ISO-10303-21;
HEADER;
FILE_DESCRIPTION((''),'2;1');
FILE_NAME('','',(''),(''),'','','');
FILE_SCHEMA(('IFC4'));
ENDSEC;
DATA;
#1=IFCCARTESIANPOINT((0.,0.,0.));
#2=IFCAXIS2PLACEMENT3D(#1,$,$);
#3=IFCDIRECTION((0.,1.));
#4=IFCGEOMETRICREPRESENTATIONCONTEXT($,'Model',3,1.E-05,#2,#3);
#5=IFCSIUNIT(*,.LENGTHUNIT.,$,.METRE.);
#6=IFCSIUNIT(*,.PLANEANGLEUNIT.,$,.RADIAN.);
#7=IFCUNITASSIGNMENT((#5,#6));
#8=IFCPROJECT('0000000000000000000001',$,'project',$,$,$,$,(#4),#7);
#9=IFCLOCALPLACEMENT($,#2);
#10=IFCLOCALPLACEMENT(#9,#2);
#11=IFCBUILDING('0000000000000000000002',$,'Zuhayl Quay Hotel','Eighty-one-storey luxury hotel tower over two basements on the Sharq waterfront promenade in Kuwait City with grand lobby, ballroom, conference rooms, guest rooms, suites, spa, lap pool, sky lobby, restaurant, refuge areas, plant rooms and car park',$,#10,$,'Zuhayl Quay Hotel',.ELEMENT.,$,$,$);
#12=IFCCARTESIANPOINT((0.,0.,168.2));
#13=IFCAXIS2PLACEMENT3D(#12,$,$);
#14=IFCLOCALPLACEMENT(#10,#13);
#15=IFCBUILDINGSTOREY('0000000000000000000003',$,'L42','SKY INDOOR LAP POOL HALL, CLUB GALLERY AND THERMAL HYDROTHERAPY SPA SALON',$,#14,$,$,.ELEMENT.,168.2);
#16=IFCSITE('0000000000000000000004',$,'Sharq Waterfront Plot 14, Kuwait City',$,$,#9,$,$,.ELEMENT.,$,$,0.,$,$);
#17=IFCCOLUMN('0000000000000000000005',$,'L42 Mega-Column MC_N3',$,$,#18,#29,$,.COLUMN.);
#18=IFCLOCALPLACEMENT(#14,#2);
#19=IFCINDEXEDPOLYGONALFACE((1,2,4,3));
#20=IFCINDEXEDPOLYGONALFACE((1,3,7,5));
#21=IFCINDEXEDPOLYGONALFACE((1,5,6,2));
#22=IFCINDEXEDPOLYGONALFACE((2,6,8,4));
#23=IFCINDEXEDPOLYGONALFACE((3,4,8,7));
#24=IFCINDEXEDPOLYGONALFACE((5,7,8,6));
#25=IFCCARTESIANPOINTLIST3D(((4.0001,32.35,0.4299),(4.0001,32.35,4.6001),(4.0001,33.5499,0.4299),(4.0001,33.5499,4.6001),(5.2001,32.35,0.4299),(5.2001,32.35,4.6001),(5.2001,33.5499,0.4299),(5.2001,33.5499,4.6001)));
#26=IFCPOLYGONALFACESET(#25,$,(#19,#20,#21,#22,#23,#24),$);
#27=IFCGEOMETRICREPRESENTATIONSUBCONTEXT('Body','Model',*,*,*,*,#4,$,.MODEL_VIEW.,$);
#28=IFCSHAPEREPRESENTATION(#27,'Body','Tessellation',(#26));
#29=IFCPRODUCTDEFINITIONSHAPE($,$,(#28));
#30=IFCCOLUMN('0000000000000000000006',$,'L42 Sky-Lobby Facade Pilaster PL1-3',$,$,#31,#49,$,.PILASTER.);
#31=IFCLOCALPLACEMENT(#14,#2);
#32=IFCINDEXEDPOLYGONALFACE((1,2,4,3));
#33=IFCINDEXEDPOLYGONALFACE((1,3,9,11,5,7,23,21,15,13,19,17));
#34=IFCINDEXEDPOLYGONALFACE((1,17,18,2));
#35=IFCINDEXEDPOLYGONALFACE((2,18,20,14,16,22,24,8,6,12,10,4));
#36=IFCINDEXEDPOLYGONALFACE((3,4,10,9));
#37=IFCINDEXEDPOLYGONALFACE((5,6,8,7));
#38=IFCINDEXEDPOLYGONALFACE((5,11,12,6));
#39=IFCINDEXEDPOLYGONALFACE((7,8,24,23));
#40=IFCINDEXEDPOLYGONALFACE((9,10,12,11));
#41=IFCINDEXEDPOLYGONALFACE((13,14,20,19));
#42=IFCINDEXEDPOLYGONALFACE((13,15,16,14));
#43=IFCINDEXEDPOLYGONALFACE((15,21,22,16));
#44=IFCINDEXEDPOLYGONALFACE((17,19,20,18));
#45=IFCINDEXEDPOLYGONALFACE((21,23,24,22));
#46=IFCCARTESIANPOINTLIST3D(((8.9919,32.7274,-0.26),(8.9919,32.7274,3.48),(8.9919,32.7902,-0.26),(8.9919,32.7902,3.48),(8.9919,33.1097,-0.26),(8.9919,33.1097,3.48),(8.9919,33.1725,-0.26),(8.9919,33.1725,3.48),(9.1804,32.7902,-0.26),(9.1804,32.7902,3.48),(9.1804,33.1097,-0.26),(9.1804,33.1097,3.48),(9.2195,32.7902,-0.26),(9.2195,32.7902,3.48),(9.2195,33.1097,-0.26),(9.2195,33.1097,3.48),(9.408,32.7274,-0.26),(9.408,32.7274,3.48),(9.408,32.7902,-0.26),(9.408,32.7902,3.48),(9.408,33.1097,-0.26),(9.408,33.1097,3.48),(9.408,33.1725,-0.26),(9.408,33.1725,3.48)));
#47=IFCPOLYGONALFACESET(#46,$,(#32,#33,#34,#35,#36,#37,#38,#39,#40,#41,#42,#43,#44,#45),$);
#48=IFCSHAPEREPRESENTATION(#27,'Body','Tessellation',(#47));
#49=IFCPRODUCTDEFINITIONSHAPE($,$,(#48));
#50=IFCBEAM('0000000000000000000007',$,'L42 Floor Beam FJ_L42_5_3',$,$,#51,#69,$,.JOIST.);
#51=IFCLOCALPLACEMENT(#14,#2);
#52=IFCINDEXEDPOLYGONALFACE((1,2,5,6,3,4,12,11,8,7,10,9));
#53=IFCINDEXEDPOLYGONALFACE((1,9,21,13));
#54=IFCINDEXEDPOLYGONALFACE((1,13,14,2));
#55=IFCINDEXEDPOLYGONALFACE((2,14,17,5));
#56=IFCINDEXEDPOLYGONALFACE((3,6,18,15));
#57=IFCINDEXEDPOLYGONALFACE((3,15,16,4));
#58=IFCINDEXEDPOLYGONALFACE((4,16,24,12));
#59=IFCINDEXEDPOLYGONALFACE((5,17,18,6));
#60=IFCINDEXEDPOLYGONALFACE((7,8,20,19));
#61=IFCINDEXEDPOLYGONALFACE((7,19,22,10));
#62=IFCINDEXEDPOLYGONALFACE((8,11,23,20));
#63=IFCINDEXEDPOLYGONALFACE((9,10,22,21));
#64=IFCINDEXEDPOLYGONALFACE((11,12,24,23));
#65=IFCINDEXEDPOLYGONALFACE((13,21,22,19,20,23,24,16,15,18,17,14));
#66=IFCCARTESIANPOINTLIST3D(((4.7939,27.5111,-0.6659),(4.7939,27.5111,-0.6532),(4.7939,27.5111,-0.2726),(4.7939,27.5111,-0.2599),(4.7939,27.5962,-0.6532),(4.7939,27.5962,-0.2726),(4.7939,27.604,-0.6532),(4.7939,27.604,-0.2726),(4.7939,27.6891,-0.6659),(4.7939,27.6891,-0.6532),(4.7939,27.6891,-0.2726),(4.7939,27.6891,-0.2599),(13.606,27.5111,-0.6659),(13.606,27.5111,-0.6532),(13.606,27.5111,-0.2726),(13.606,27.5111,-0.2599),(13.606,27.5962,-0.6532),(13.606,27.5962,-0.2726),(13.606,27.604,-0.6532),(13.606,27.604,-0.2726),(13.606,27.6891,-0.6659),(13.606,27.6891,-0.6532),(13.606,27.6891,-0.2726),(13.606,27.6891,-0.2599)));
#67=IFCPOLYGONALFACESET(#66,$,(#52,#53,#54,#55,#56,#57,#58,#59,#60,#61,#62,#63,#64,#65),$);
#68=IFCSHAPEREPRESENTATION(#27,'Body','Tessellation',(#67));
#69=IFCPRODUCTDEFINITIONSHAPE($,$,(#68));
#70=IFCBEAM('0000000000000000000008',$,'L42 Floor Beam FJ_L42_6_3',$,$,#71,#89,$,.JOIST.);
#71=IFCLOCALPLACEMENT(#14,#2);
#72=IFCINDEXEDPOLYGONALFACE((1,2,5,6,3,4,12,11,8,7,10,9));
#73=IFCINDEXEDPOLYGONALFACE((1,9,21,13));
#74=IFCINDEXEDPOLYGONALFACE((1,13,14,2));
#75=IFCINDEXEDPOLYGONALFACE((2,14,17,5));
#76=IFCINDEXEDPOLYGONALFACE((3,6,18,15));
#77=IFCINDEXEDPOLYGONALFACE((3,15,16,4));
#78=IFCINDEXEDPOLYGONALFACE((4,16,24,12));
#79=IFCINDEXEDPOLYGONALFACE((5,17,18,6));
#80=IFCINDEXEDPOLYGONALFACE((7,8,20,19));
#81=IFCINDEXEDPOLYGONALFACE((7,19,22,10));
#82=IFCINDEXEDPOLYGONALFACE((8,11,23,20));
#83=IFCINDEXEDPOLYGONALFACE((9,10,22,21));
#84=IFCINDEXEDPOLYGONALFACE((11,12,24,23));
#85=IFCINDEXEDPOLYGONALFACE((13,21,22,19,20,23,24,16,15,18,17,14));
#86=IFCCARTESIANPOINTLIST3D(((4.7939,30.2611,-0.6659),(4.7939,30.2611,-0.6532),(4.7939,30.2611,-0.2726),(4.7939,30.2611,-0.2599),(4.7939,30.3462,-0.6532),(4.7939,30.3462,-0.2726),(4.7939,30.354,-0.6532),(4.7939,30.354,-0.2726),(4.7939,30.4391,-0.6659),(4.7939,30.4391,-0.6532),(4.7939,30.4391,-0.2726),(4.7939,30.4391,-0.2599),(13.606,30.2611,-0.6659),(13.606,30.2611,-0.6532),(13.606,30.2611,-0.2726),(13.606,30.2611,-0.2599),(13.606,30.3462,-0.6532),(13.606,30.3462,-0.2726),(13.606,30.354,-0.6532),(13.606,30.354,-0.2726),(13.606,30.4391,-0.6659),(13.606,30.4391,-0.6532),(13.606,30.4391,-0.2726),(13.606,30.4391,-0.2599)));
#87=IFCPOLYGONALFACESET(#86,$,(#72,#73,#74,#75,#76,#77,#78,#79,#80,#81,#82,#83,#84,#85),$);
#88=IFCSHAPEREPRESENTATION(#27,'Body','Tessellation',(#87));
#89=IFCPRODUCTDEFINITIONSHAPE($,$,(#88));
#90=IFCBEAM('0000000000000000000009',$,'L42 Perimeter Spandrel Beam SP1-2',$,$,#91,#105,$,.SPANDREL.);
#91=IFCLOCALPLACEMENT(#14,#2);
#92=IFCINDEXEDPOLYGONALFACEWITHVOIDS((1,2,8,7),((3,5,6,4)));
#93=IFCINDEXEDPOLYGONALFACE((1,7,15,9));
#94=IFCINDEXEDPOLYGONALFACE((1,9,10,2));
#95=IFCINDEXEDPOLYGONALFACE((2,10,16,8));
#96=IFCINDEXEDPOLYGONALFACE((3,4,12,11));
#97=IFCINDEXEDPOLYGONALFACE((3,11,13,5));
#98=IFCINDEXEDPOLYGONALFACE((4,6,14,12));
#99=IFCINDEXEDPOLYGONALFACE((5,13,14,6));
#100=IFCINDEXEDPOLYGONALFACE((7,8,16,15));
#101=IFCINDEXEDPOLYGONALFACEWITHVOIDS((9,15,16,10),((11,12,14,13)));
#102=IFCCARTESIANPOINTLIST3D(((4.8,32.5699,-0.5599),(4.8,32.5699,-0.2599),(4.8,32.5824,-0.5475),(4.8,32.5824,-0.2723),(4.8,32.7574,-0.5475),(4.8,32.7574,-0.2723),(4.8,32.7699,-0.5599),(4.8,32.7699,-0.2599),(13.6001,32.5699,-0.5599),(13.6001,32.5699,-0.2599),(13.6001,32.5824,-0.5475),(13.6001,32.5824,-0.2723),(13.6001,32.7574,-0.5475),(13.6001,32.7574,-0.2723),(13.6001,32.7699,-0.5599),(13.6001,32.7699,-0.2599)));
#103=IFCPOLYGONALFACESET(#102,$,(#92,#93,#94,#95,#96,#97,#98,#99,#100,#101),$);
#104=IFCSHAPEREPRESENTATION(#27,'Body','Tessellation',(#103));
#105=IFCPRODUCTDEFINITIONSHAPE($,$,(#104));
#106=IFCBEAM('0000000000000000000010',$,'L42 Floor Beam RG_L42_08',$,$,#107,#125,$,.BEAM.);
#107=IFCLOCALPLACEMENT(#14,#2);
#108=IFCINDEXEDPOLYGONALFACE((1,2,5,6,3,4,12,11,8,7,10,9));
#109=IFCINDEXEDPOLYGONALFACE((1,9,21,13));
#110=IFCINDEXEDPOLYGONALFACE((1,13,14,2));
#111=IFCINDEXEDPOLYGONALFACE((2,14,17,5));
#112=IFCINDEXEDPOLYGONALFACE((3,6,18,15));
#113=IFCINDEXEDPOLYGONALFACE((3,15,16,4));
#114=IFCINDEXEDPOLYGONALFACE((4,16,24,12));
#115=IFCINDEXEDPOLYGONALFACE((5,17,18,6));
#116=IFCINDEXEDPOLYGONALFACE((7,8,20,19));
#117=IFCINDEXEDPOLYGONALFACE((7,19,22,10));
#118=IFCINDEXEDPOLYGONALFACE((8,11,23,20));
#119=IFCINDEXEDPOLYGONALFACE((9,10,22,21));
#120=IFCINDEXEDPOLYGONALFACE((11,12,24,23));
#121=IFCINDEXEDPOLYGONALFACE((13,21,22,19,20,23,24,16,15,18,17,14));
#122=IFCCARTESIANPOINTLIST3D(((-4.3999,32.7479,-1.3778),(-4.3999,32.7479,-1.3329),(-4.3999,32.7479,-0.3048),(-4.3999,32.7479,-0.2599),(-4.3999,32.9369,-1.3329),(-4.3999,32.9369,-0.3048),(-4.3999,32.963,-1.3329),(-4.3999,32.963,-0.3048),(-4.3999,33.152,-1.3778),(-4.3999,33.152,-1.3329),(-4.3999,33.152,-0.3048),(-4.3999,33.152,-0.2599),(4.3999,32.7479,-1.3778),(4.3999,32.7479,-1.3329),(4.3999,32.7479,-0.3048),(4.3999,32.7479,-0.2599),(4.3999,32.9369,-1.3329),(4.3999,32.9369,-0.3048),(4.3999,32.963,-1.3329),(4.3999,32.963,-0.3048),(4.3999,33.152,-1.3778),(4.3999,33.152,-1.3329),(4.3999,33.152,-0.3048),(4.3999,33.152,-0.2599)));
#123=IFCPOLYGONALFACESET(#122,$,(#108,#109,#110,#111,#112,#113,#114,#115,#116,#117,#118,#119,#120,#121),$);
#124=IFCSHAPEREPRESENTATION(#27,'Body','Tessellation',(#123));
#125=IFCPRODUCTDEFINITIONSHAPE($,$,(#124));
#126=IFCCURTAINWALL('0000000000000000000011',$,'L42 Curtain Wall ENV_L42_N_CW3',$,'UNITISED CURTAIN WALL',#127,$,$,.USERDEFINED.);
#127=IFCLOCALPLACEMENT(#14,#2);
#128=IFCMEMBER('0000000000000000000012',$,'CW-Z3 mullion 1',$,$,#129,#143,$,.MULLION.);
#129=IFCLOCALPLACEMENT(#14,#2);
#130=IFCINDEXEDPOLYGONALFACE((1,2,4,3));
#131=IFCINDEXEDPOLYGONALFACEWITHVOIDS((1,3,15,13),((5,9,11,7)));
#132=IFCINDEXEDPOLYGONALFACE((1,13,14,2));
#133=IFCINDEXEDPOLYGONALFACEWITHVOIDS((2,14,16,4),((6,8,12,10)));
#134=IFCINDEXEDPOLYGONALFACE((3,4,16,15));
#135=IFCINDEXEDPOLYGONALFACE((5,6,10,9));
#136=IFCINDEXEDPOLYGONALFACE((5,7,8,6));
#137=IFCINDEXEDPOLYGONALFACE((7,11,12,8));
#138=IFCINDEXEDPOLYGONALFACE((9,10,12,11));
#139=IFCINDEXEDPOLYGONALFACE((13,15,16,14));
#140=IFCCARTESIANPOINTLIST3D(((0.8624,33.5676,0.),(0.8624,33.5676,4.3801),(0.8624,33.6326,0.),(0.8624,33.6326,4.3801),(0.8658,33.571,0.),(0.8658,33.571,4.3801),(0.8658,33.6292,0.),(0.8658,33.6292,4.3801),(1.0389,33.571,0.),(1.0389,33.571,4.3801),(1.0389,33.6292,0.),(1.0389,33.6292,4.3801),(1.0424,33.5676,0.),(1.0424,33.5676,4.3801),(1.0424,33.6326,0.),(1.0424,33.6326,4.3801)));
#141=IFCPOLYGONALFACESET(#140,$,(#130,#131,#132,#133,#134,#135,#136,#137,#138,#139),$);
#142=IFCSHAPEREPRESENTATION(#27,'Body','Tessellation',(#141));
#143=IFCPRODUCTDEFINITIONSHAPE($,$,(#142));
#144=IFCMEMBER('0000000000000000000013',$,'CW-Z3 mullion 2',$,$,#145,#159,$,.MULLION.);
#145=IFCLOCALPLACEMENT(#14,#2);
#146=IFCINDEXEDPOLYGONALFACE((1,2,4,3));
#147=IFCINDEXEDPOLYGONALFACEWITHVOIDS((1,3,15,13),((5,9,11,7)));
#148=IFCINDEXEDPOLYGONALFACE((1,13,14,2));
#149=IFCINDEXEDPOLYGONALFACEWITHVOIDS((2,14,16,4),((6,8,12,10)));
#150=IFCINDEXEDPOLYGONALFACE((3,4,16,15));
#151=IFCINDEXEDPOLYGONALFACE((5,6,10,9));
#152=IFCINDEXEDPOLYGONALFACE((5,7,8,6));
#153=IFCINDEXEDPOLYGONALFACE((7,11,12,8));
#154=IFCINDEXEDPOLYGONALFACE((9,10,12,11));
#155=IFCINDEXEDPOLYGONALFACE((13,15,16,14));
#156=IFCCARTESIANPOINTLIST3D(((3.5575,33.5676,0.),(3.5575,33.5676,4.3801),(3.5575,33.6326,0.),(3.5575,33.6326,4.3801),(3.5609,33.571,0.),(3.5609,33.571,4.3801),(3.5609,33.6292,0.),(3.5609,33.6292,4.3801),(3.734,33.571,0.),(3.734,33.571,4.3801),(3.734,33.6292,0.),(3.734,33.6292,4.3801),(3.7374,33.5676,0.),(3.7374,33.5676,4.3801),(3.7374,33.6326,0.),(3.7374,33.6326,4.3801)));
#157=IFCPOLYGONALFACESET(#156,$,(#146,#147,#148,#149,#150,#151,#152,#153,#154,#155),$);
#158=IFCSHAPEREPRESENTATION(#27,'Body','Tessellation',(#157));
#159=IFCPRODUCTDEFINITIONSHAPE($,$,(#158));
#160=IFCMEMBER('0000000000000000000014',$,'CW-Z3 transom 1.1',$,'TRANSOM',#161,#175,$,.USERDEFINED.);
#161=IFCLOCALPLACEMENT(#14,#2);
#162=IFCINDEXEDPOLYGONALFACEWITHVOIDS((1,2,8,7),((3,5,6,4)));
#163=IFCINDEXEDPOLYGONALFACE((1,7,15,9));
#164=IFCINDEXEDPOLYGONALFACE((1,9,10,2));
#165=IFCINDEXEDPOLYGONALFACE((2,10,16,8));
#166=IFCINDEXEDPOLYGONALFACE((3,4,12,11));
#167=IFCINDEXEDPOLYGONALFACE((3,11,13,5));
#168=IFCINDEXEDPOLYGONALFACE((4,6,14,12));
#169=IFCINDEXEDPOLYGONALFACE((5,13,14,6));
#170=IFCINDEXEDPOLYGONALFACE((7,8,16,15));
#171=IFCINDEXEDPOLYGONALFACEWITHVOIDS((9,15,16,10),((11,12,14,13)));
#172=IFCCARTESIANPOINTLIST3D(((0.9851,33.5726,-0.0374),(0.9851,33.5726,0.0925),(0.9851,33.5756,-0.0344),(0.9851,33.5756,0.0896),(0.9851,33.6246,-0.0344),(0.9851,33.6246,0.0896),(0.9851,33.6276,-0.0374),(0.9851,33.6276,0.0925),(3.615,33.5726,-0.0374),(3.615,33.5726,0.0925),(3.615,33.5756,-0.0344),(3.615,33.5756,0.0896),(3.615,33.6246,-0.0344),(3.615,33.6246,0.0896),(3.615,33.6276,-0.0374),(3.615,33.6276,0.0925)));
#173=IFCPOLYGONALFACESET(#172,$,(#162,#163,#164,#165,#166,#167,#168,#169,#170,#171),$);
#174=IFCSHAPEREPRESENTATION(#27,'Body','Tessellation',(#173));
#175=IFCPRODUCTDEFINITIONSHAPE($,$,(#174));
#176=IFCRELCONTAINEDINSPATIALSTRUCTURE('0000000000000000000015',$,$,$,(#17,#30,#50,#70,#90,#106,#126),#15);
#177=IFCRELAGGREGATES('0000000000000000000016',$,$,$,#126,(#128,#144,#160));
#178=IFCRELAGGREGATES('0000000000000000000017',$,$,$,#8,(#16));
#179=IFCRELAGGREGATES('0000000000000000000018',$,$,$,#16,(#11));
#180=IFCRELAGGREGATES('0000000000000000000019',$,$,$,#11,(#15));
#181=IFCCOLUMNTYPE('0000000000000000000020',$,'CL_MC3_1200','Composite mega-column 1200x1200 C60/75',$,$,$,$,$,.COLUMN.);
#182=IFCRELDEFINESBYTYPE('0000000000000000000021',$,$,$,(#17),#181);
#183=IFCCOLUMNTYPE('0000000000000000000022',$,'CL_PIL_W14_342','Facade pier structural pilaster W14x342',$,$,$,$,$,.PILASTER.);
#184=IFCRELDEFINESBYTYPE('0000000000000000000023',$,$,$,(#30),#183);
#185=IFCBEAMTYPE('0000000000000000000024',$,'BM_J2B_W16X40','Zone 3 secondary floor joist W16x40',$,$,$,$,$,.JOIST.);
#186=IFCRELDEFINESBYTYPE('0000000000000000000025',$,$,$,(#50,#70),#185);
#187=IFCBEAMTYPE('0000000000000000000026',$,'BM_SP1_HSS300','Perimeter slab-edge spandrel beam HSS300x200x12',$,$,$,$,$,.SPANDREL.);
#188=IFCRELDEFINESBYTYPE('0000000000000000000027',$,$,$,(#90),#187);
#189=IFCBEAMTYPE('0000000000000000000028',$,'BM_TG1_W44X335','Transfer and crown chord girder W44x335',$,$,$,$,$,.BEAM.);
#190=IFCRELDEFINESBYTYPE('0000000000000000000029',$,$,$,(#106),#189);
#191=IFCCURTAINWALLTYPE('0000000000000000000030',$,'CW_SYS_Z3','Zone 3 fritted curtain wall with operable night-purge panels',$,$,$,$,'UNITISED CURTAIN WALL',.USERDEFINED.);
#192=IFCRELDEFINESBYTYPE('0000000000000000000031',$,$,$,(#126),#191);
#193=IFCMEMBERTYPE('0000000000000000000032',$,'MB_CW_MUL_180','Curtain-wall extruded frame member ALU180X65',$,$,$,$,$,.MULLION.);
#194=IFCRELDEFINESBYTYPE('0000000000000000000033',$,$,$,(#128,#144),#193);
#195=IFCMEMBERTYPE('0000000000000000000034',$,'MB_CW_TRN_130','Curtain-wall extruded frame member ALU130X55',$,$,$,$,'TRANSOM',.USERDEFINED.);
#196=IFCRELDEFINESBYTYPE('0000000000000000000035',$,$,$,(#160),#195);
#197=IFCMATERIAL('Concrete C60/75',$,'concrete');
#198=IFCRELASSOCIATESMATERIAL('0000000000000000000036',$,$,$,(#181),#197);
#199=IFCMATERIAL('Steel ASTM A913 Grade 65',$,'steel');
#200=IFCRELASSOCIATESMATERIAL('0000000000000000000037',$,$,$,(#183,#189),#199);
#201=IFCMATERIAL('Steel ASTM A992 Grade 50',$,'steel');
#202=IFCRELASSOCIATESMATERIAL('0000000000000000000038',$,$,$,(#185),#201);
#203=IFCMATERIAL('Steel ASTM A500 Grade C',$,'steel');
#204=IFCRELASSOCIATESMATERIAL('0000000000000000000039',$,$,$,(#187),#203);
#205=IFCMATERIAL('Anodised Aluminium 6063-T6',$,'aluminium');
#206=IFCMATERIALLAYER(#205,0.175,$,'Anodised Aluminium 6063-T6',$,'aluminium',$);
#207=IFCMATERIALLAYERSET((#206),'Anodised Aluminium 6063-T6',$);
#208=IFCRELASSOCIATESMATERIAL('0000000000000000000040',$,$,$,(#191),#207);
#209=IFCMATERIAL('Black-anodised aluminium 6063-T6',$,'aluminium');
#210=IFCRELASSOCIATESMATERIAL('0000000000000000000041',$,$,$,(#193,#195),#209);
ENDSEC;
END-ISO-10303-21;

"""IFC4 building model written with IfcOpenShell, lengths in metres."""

from ifc_helpers import new_model, si_unit, direction, frame, origin, origin_2d, place, context, subcontext, project, spatial, rectangle, hollow_rectangle, i_section, extrude, material, layer, layer_set, material_profile, profile_set, type_object, element, aggregate, save


model = new_model("IFC4")

# Units and contexts
model_context = context("Model", 3, precision=1e-05, world=origin(), true_north=direction((0.0, 1.0)))
body_context = subcontext(model_context, "Body", "Model", "MODEL_VIEW")
ifc_project = project(units=[si_unit("LENGTHUNIT", "METRE"), si_unit("PLANEANGLEUNIT", "RADIAN")], contexts=[model_context])

# Site, building, storey
site_placement = place(None, origin())
site = spatial("IfcSite", under=ifc_project, at=site_placement, Name="Sharq Waterfront Plot 14, Kuwait City", CompositionType="ELEMENT", RefElevation=0.0)
building_placement = place(site_placement, origin())
building = spatial("IfcBuilding", under=site, at=building_placement, Name="Zuhayl Quay Hotel", Description="Eighty-one-storey luxury hotel tower over two basements on the Sharq waterfront promenade in Kuwait City with grand lobby, ballroom, conference rooms, guest rooms, suites, spa, lap pool, sky lobby, restaurant, refuge areas, plant rooms and car park", LongName="Zuhayl Quay Hotel", CompositionType="ELEMENT")
storey_placement = place(building_placement, frame((0.0, 0.0, 168.2)))
storey = spatial("IfcBuildingStorey", under=building, at=storey_placement, Name="L42", Description="SKY INDOOR LAP POOL HALL, CLUB GALLERY AND THERMAL HYDROTHERAPY SPA SALON", CompositionType="ELEMENT", Elevation=168.2)

# Columns
ifc_material_1 = material(Name="Concrete C60/75", Category="concrete")
ifc_material_profile_1 = material_profile(ifc_material_1, rectangle(XDim=1.2, YDim=1.2, at=origin_2d()), Name="RC1200X1200")
ifc_profile_set_1 = profile_set([ifc_material_profile_1], Name="Concrete C60/75")
column_type_1 = type_object("IfcColumnType", Name="CL_MC3_1200", Description="Composite mega-column 1200x1200 C60/75", PredefinedType="COLUMN", material=ifc_profile_set_1)
column_1_placement = place(storey_placement, frame((4.6001, 32.95, 0.4299), z_axis=(0.0, 0.0, 1.0), x_axis=(1.0, 0.0, 0.0)))
element("IfcColumn", 1, at=column_1_placement, inside=storey, type_object=column_type_1, Name="L42 Mega-Column MC_N3", PredefinedType="COLUMN", context=body_context, shape_type="SweptSolid", body=[
    extrude(rectangle(XDim=1.2, YDim=1.2, at=origin_2d()), origin(), (0.0, 0.0, 1.0), 4.1702),
])
ifc_material_2 = material(Name="Steel ASTM A913 Grade 65", Category="steel")
ifc_material_profile_2 = material_profile(ifc_material_2, i_section(OverallWidth=0.416, OverallDepth=0.4451, WebThickness=0.0391, FlangeThickness=0.0627, at=origin_2d()), Name="W14X342")
ifc_profile_set_2 = profile_set([ifc_material_profile_2], Name="Steel ASTM A913 Grade 65")
column_type_2 = type_object("IfcColumnType", Name="CL_PIL_W14_342", Description="Facade pier structural pilaster W14x342", PredefinedType="PILASTER", material=ifc_profile_set_2)
column_2_placement = place(storey_placement, frame((9.2, 32.95, -0.26), z_axis=(0.0, 0.0, 1.0), x_axis=(1.0, 0.0, 0.0)))
element("IfcColumn", 2, at=column_2_placement, inside=storey, type_object=column_type_2, Name="L42 Sky-Lobby Facade Pilaster PL1-3", PredefinedType="PILASTER", context=body_context, shape_type="SweptSolid", body=[
    extrude(i_section(OverallWidth=0.416, OverallDepth=0.4451, WebThickness=0.0391, FlangeThickness=0.0627, at=origin_2d()), origin(), (0.0, 0.0, 1.0), 3.74),
])

# Beams
ifc_material_3 = material(Name="Steel ASTM A992 Grade 50", Category="steel")
ifc_material_profile_3 = material_profile(ifc_material_3, i_section(OverallWidth=0.178, OverallDepth=0.406, WebThickness=0.0078, FlangeThickness=0.0127, at=origin_2d()), Name="W16X40")
ifc_profile_set_3 = profile_set([ifc_material_profile_3], Name="Steel ASTM A992 Grade 50")
beam_type_1 = type_object("IfcBeamType", Name="BM_J2B_W16X40", Description="Zone 3 secondary floor joist W16x40", PredefinedType="JOIST", material=ifc_profile_set_3)
for number, where, z_axis, x_axis, name in (
    (3, (4.7939, 27.6001, -0.4629), (1.0, 0.0, 0.0), (0.0, 1.0, 0.0), "L42 Floor Beam FJ_L42_5_3"),
    (4, (4.7939, 30.3501, -0.4629), (1.0, 0.0, 0.0), (0.0, 1.0, 0.0), "L42 Floor Beam FJ_L42_6_3"),
):
    element("IfcBeam", number, at=place(storey_placement, frame(where, z_axis=z_axis, x_axis=x_axis)), inside=storey, type_object=beam_type_1, Name=name, PredefinedType="JOIST", context=body_context, shape_type="SweptSolid", body=[
        extrude(i_section(OverallWidth=0.178, OverallDepth=0.406, WebThickness=0.0078, FlangeThickness=0.0127, at=origin_2d()), origin(), (0.0, 0.0, 1.0), 8.812),
    ])
ifc_material_4 = material(Name="Steel ASTM A500 Grade C", Category="steel")
ifc_material_profile_4 = material_profile(ifc_material_4, hollow_rectangle(XDim=0.2, YDim=0.3, WallThickness=0.0125, at=origin_2d()), Name="HSS300X200X12")
ifc_profile_set_4 = profile_set([ifc_material_profile_4], Name="Steel ASTM A500 Grade C")
beam_type_2 = type_object("IfcBeamType", Name="BM_SP1_HSS300", Description="Perimeter slab-edge spandrel beam HSS300x200x12", PredefinedType="SPANDREL", material=ifc_profile_set_4)
beam_1_placement = place(storey_placement, frame((4.8, 32.6699, -0.4099), z_axis=(1.0, 0.0, 0.0), x_axis=(0.0, 1.0, 0.0)))
element("IfcBeam", 5, at=beam_1_placement, inside=storey, type_object=beam_type_2, Name="L42 Perimeter Spandrel Beam SP1-2", PredefinedType="SPANDREL", context=body_context, shape_type="SweptSolid", body=[
    extrude(hollow_rectangle(XDim=0.2, YDim=0.3, WallThickness=0.0125, at=origin_2d()), origin(), (0.0, 0.0, 1.0), 8.8),
])
ifc_material_profile_5 = material_profile(ifc_material_2, i_section(OverallWidth=0.4041, OverallDepth=1.1179, WebThickness=0.0261, FlangeThickness=0.0449, at=origin_2d()), Name="W44X335")
ifc_profile_set_5 = profile_set([ifc_material_profile_5], Name="Steel ASTM A913 Grade 65")
beam_type_3 = type_object("IfcBeamType", Name="BM_TG1_W44X335", Description="Transfer and crown chord girder W44x335", PredefinedType="BEAM", material=ifc_profile_set_5)
beam_2_placement = place(storey_placement, frame((4.3999, 32.95, -0.8188), z_axis=(-1.0, 0.0, 0.0), x_axis=(0.0, -1.0, 0.0)))
element("IfcBeam", 6, at=beam_2_placement, inside=storey, type_object=beam_type_3, Name="L42 Floor Beam RG_L42_08", PredefinedType="BEAM", context=body_context, shape_type="SweptSolid", body=[
    extrude(i_section(OverallWidth=0.4041, OverallDepth=1.1179, WebThickness=0.0261, FlangeThickness=0.0449, at=origin_2d()), origin(), (0.0, 0.0, 1.0), 8.7998),
])

# Curtain wall, members
ifc_material_5 = material(Name="Anodised Aluminium 6063-T6", Category="aluminium")
ifc_layer_1 = layer(ifc_material_5, 0.175, Name="Anodised Aluminium 6063-T6", Category="aluminium")
ifc_layer_set_1 = layer_set([ifc_layer_1], Name="Anodised Aluminium 6063-T6")
curtain_wall_type = type_object("IfcCurtainWallType", Name="CW_SYS_Z3", Description="Zone 3 fritted curtain wall with operable night-purge panels", ElementType="UNITISED CURTAIN WALL", PredefinedType="USERDEFINED", material=ifc_layer_set_1)
curtain_wall_placement = place(storey_placement, origin())
curtain_wall = element("IfcCurtainWall", 7, at=curtain_wall_placement, inside=storey, type_object=curtain_wall_type, Name="L42 Curtain Wall ENV_L42_N_CW3", ObjectType="UNITISED CURTAIN WALL", PredefinedType="USERDEFINED")
ifc_material_6 = material(Name="Black-anodised aluminium 6063-T6", Category="aluminium")
ifc_material_profile_6 = material_profile(ifc_material_6, hollow_rectangle(XDim=0.0649, YDim=0.1799, WallThickness=0.0034, at=origin_2d()), Name="ALU180X65")
ifc_profile_set_6 = profile_set([ifc_material_profile_6], Name="Black-anodised aluminium 6063-T6")
member_type_1 = type_object("IfcMemberType", Name="MB_CW_MUL_180", Description="Curtain-wall extruded frame member ALU180X65", PredefinedType="MULLION", material=ifc_profile_set_6)
member_1_placement = place(storey_placement, frame((0.9524, 33.6001, 0.0), z_axis=(0.0, 0.0, 1.0), x_axis=(0.0, 1.0, 0.0)))
member_1 = element("IfcMember", 8, at=member_1_placement, type_object=member_type_1, Name="CW-Z3 mullion 1", PredefinedType="MULLION", context=body_context, shape_type="SweptSolid", body=[
    extrude(hollow_rectangle(XDim=0.0649, YDim=0.1799, WallThickness=0.0034, at=origin_2d()), origin(), (0.0, 0.0, 1.0), 4.3801),
])
member_2_placement = place(storey_placement, frame((3.6475, 33.6001, 0.0), z_axis=(0.0, 0.0, 1.0), x_axis=(0.0, 1.0, 0.0)))
member_2 = element("IfcMember", 9, at=member_2_placement, type_object=member_type_1, Name="CW-Z3 mullion 2", PredefinedType="MULLION", context=body_context, shape_type="SweptSolid", body=[
    extrude(hollow_rectangle(XDim=0.0649, YDim=0.1799, WallThickness=0.0034, at=origin_2d()), origin(), (0.0, 0.0, 1.0), 4.3801),
])
ifc_material_profile_7 = material_profile(ifc_material_6, hollow_rectangle(XDim=0.0549, YDim=0.1299, WallThickness=0.0029, at=origin_2d()), Name="ALU130X55")
ifc_profile_set_7 = profile_set([ifc_material_profile_7], Name="Black-anodised aluminium 6063-T6")
member_type_2 = type_object("IfcMemberType", Name="MB_CW_TRN_130", Description="Curtain-wall extruded frame member ALU130X55", ElementType="TRANSOM", PredefinedType="USERDEFINED", material=ifc_profile_set_7)
member_3_placement = place(storey_placement, frame((0.9851, 33.6001, 0.0276), z_axis=(1.0, 0.0, 0.0), x_axis=(0.0, 1.0, 0.0)))
member_3 = element("IfcMember", 10, at=member_3_placement, type_object=member_type_2, Name="CW-Z3 transom 1.1", ObjectType="TRANSOM", PredefinedType="USERDEFINED", context=body_context, shape_type="SweptSolid", body=[
    extrude(hollow_rectangle(XDim=0.0549, YDim=0.1299, WallThickness=0.0029, at=origin_2d()), origin(), (0.0, 0.0, 1.0), 2.6299),
])
aggregate(curtain_wall, [member_1, member_2, member_3])

save(model, "model.ifc")
